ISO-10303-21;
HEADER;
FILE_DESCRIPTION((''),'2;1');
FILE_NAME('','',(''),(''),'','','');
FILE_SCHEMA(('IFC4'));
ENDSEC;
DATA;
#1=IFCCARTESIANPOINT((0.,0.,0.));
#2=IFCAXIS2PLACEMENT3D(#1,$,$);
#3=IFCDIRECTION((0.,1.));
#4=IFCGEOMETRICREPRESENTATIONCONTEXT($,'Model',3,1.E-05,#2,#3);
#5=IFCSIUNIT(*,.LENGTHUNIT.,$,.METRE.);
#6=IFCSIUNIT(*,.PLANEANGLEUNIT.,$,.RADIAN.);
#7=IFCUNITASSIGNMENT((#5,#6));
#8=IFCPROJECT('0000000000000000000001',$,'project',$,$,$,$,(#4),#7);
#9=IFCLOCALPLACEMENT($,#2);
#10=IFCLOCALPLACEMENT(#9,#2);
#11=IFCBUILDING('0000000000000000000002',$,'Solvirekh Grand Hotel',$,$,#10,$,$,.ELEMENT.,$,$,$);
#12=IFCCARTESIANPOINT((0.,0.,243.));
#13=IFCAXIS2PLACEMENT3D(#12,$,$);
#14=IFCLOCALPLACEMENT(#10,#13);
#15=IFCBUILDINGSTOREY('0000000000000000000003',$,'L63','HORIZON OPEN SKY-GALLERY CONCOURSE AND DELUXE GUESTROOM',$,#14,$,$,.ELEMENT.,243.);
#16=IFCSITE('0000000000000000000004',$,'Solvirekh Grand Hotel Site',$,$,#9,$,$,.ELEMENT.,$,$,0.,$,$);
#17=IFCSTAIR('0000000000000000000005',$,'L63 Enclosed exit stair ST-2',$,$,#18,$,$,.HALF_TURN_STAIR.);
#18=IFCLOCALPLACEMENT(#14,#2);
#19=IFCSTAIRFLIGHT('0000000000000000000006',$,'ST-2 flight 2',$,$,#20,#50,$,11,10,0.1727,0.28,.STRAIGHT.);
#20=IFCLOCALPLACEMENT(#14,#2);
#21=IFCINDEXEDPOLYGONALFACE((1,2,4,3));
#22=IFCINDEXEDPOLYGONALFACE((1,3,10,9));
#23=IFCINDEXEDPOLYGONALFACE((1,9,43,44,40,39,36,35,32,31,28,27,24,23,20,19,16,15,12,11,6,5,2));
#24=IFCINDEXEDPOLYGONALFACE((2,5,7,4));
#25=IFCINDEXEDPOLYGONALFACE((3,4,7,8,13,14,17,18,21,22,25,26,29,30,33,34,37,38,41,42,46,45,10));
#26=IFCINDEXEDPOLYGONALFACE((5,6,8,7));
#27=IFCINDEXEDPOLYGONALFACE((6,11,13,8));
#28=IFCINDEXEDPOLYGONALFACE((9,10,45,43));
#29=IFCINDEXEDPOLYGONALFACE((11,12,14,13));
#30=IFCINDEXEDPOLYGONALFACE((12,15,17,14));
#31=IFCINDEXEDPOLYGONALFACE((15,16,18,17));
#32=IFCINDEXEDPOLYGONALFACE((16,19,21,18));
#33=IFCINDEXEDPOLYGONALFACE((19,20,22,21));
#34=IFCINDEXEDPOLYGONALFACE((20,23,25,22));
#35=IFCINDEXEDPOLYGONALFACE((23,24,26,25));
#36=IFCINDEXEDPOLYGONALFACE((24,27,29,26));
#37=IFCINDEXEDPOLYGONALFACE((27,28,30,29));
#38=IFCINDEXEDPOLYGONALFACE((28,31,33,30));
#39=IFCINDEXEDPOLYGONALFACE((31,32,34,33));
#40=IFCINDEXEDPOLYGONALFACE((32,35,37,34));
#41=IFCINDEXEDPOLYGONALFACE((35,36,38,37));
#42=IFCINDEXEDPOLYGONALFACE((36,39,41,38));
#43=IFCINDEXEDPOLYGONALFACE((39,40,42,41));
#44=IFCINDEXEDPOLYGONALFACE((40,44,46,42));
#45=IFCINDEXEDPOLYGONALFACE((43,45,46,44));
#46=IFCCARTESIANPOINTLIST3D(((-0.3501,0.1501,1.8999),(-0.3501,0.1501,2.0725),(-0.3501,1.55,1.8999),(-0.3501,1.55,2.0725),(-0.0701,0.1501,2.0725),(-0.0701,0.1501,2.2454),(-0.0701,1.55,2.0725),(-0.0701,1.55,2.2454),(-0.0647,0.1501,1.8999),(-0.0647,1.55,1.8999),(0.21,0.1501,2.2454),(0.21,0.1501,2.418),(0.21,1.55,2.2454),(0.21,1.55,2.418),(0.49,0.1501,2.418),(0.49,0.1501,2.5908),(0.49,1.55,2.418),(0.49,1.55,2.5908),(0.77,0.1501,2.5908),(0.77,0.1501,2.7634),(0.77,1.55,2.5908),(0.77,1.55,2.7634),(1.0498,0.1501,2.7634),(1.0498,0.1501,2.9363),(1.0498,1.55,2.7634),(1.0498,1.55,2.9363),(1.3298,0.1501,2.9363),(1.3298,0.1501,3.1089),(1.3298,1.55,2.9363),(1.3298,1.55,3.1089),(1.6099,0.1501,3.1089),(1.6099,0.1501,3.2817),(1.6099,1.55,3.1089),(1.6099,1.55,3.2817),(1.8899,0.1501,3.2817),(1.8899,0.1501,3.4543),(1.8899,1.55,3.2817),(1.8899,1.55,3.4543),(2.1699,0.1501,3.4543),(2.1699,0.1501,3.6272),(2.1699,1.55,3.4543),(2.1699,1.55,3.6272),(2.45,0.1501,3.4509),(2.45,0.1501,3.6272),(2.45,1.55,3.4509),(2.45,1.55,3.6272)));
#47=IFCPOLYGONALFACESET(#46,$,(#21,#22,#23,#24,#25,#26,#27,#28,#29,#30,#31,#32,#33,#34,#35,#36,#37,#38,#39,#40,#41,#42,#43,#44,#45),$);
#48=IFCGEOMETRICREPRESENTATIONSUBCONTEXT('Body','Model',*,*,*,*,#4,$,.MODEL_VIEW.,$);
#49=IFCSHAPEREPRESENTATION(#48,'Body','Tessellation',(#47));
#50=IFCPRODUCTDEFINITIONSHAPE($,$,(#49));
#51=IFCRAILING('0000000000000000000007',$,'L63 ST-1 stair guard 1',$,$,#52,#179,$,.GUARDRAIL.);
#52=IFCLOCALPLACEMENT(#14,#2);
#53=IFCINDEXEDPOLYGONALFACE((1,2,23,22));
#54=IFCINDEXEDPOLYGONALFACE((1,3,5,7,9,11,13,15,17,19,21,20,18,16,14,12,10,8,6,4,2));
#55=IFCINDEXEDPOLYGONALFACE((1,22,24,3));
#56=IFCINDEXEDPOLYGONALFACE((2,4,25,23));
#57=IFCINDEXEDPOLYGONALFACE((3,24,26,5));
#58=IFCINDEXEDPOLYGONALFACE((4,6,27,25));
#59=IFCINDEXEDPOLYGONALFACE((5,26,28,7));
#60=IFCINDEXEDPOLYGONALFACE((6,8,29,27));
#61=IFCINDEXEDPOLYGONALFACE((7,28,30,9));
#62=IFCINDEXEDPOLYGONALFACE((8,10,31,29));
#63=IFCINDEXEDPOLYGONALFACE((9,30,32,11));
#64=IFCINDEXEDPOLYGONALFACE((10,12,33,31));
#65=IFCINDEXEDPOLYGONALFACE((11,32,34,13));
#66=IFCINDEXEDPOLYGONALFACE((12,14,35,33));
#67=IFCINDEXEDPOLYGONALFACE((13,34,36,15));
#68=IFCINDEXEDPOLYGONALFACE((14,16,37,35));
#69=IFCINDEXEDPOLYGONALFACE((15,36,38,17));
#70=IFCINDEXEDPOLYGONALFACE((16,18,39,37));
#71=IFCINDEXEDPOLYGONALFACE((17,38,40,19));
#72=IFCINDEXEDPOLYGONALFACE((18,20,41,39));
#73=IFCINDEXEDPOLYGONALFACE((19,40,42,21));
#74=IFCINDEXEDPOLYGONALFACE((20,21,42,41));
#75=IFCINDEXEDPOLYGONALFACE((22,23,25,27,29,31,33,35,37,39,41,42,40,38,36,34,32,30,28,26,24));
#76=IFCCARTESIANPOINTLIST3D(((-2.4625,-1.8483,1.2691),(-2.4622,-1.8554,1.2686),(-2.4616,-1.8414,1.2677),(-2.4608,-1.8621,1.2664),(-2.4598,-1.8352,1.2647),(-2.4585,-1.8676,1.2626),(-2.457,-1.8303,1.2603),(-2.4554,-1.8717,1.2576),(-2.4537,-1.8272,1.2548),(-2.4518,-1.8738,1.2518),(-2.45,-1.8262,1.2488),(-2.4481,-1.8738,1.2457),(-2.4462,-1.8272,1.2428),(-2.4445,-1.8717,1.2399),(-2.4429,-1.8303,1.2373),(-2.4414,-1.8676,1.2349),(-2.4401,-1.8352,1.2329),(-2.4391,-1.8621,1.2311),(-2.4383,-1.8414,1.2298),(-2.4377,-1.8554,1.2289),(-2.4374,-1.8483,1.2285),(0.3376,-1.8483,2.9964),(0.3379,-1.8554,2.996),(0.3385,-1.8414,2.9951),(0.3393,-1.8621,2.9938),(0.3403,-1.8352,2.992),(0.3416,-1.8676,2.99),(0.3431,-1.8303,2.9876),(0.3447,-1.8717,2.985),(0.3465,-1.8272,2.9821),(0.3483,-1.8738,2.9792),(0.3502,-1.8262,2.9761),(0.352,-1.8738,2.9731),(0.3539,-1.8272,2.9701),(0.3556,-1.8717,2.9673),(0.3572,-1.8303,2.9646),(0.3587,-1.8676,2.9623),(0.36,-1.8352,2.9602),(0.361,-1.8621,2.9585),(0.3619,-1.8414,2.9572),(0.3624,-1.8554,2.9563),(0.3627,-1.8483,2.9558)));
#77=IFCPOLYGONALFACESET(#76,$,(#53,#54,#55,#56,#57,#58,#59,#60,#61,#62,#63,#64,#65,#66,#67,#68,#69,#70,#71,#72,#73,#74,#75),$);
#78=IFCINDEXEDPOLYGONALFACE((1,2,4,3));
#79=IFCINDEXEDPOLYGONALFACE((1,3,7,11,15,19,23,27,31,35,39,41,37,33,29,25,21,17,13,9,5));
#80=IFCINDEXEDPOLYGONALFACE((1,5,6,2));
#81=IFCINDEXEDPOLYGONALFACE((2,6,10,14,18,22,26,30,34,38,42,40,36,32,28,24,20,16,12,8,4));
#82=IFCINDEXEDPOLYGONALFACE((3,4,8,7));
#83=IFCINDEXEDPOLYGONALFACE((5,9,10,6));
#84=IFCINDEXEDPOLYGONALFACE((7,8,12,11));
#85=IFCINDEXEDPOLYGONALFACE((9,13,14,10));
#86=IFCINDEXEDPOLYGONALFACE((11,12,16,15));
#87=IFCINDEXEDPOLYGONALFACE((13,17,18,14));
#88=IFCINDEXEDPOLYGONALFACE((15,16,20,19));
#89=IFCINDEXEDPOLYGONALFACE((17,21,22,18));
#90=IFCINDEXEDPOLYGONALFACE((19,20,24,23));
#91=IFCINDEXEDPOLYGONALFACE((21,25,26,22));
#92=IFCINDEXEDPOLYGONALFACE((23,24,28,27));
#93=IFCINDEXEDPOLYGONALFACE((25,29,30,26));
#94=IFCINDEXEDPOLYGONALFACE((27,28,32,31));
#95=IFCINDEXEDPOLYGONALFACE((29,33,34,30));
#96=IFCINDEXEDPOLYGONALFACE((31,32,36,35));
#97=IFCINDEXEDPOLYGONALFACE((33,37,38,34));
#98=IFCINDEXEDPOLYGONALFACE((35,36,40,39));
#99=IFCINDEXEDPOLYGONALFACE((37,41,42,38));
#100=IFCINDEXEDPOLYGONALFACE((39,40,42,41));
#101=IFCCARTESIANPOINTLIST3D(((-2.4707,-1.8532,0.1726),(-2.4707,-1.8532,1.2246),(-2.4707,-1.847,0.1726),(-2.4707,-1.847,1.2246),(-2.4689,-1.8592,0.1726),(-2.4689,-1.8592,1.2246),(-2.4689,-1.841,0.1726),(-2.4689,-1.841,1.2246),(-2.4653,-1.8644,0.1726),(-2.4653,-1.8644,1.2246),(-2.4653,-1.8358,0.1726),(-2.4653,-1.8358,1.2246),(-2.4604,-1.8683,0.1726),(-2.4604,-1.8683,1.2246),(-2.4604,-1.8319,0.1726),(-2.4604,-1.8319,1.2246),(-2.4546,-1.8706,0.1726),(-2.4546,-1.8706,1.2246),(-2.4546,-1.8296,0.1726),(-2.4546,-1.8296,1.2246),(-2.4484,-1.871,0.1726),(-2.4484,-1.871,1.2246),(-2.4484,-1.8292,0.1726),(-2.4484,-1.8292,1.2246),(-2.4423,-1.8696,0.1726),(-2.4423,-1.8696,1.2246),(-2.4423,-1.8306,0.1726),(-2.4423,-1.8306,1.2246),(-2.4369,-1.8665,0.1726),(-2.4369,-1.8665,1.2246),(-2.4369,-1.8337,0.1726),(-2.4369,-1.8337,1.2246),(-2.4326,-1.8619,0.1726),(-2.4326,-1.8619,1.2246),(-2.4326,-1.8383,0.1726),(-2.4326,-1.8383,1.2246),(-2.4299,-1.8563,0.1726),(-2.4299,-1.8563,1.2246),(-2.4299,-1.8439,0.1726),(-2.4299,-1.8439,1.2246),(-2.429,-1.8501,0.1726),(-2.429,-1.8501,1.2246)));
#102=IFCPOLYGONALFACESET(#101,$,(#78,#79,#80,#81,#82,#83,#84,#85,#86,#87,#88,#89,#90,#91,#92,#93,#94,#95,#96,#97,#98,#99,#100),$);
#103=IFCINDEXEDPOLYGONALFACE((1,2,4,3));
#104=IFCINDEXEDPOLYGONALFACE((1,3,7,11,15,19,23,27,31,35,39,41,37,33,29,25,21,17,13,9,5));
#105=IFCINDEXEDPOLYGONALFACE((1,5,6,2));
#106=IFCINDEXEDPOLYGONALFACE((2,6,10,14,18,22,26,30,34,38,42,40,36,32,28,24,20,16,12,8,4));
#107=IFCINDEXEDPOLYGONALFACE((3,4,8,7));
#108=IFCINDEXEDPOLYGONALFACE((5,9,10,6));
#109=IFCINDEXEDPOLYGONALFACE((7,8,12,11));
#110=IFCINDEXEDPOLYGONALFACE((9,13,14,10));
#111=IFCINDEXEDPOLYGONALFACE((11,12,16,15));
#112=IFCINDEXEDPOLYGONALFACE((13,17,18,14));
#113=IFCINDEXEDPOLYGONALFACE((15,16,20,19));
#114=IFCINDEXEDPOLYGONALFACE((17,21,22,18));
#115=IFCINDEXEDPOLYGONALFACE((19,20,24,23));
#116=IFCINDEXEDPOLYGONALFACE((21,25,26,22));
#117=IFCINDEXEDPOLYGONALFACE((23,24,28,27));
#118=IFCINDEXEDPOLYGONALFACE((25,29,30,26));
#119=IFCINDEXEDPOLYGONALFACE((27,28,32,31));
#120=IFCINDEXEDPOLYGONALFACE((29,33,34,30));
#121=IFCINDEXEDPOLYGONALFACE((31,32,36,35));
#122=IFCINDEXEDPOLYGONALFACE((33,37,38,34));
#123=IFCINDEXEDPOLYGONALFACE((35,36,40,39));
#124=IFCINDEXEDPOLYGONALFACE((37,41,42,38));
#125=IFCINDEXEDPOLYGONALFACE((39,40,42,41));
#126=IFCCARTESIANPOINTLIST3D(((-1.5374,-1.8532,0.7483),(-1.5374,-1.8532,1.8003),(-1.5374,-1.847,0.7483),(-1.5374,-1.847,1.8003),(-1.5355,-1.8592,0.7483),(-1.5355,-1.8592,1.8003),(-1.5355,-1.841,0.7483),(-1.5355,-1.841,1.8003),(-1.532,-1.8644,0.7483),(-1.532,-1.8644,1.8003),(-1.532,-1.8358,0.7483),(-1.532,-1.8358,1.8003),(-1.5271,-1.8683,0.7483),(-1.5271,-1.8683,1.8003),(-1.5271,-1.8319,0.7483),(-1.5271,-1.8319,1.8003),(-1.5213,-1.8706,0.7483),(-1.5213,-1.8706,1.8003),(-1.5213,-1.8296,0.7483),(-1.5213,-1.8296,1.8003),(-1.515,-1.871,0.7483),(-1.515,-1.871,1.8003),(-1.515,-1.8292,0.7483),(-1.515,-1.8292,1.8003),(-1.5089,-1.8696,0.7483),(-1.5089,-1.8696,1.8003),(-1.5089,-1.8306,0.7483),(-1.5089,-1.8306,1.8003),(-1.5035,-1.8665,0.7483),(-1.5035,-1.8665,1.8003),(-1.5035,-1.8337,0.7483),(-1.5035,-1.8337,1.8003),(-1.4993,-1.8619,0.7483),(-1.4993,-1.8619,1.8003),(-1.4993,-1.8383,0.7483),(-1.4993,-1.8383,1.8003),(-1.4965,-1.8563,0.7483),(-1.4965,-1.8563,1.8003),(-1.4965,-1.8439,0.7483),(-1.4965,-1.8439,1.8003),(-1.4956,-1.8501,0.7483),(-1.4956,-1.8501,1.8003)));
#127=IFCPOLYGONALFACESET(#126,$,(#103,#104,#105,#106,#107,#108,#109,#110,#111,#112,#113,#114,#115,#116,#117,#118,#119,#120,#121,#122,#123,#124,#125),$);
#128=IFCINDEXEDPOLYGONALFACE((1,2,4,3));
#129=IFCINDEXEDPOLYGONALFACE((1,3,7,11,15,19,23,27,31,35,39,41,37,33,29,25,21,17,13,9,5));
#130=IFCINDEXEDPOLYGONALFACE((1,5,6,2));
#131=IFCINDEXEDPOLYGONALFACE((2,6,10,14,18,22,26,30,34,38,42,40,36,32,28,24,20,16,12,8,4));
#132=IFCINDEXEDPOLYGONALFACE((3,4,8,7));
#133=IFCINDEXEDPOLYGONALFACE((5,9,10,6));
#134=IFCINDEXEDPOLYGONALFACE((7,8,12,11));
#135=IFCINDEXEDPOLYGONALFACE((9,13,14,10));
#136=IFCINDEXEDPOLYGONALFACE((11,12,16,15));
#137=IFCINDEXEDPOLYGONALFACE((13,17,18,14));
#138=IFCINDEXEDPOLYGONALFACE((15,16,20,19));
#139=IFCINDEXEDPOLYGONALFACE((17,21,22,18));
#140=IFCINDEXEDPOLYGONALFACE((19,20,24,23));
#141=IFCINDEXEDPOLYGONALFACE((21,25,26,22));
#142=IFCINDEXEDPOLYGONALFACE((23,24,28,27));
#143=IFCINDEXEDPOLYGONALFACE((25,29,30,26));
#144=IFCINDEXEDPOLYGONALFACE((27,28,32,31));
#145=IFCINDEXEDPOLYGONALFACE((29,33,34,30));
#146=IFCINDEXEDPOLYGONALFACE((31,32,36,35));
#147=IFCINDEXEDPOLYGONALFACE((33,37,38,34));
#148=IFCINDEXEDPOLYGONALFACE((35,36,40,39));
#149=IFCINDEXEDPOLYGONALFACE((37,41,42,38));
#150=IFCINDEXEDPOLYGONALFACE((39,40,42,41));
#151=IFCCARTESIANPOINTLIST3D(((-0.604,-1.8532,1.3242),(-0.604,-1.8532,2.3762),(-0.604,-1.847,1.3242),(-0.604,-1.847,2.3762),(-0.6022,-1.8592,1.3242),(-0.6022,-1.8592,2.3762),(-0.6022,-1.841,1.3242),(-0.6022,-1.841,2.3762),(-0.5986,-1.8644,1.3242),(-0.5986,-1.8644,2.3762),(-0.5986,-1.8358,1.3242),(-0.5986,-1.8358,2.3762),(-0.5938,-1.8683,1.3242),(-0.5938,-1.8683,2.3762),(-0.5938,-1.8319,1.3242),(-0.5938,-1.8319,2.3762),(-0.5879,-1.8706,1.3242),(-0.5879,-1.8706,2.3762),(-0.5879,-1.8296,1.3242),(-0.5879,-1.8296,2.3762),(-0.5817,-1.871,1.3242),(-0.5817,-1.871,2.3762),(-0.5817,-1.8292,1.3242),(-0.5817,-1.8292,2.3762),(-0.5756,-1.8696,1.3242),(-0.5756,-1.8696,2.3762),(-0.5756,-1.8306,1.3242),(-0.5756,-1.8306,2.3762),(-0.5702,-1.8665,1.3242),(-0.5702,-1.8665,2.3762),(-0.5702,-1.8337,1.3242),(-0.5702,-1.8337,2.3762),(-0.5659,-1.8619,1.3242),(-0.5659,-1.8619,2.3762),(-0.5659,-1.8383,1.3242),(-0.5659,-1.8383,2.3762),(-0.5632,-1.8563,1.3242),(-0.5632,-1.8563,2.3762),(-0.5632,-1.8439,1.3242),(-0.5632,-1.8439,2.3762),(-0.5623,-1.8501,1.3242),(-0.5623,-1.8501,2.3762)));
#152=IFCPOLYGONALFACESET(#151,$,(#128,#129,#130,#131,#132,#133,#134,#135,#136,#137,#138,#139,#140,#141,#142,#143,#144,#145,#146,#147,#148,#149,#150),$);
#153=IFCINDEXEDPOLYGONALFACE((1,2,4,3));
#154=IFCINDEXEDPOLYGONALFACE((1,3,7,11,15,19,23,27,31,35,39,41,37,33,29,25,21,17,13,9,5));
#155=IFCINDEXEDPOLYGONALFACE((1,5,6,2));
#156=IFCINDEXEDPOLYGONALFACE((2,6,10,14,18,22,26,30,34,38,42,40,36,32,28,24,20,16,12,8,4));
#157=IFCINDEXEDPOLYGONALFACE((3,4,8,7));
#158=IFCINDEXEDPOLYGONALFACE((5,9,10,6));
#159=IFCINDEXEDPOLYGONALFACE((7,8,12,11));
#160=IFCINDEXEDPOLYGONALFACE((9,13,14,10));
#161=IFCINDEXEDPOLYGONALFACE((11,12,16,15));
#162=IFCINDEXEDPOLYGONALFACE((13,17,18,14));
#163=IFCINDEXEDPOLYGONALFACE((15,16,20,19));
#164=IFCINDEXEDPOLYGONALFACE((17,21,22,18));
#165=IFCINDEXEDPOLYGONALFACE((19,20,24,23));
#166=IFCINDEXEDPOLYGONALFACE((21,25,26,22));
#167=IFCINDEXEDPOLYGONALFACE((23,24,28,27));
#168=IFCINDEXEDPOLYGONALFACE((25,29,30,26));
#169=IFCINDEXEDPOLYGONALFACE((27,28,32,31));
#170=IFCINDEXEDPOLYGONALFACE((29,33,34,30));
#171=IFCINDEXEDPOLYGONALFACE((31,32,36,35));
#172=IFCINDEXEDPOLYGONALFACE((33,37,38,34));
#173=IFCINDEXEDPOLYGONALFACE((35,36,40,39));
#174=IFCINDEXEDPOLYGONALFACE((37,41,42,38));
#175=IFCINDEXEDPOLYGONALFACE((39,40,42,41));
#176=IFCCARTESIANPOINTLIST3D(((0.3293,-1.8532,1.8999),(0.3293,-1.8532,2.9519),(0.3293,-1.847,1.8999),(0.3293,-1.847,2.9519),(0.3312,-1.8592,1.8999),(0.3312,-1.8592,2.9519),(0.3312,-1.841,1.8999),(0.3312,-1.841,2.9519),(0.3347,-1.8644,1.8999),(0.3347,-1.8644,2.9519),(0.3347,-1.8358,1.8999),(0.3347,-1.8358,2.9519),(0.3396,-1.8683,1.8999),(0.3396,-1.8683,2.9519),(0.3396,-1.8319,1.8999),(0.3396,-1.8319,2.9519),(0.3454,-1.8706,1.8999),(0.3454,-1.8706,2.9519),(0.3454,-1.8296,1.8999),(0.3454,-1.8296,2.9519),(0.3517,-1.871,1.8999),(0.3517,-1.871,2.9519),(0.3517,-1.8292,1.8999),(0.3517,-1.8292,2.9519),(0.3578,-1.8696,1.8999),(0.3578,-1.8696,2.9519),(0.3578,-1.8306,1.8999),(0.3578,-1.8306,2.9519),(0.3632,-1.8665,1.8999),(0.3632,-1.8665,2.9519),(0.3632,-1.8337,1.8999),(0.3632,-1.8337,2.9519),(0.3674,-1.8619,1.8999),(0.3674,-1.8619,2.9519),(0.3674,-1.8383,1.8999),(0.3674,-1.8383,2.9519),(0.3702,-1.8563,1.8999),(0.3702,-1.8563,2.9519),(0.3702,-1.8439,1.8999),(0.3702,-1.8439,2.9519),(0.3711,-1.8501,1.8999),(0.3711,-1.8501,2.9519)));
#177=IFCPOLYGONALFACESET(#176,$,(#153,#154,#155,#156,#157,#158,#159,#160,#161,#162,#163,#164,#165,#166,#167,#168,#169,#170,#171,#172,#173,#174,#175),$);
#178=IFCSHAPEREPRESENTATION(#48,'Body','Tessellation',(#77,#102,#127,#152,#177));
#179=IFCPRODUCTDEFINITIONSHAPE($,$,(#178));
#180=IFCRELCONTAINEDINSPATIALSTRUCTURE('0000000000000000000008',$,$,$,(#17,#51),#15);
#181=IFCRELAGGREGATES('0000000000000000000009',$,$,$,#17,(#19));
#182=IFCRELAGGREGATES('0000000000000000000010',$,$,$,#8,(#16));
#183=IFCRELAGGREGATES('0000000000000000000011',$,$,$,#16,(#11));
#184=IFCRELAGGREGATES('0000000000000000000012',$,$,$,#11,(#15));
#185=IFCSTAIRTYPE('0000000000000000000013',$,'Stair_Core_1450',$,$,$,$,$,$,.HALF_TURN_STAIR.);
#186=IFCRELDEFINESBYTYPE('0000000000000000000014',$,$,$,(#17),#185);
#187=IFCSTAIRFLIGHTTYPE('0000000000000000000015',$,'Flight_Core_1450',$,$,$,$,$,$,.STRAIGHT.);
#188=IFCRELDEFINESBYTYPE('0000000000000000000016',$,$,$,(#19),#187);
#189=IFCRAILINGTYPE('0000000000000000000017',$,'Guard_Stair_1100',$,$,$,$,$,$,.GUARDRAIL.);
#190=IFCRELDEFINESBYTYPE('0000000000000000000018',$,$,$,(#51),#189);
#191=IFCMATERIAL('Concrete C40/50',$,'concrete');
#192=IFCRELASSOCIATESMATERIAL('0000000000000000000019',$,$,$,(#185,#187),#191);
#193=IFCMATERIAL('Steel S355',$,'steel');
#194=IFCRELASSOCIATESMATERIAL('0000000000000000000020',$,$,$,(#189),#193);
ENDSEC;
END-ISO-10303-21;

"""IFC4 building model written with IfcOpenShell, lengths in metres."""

from ifc_helpers import new_model, si_unit, direction, frame, origin, origin_2d, place, context, subcontext, project, spatial, polyline, circle, outline, extrude, material, type_object, element, aggregate, save


model = new_model("IFC4")

# Units and contexts
model_context = context("Model", 3, precision=1e-05, world=origin(), true_north=direction((0.0, 1.0)))
body_context = subcontext(model_context, "Body", "Model", "MODEL_VIEW")
ifc_project = project(units=[si_unit("LENGTHUNIT", "METRE"), si_unit("PLANEANGLEUNIT", "RADIAN")], contexts=[model_context])

# Site, building, storey
site_placement = place(None, origin())
site = spatial("IfcSite", under=ifc_project, at=site_placement, Name="Solvirekh Grand Hotel Site", CompositionType="ELEMENT", RefElevation=0.0)
building_placement = place(site_placement, origin())
building = spatial("IfcBuilding", under=site, at=building_placement, Name="Solvirekh Grand Hotel", CompositionType="ELEMENT")
storey_placement = place(building_placement, frame((0.0, 0.0, 243.0)))
storey = spatial("IfcBuildingStorey", under=building, at=storey_placement, Name="L63", Description="HORIZON OPEN SKY-GALLERY CONCOURSE AND DELUXE GUESTROOM", CompositionType="ELEMENT", Elevation=243.0)

# Shared definitions
ifc_material_1 = material(Name="Steel S355", Category="steel")

# Shared definitions
ifc_material_2 = material(Name="Concrete C40/50", Category="concrete")

# Stair, stair flight
stair_type = type_object("IfcStairType", Name="Stair_Core_1450", PredefinedType="HALF_TURN_STAIR", material=ifc_material_2)
stair_flight_type = type_object("IfcStairFlightType", Name="Flight_Core_1450", PredefinedType="STRAIGHT", material=ifc_material_2)
stair_1_placement = place(storey_placement, origin())
stair_1 = element("IfcStair", 1, at=stair_1_placement, inside=storey, type_object=stair_type, Name="L63 Enclosed exit stair ST-2", PredefinedType="HALF_TURN_STAIR")
stair_flight_1_placement = place(storey_placement, frame((-0.3501, 0.8501, 1.8999), z_axis=(0.0, 0.0, 1.0), x_axis=(1.0, 0.0, 0.0)))
stair_flight_1 = element("IfcStairFlight", 2, at=stair_flight_1_placement, type_object=stair_flight_type, Name="ST-2 flight 2", NumberOfRisers=11, NumberOfTreads=10, PredefinedType="STRAIGHT", RiserHeight=0.1727, TreadLength=0.28, context=body_context, shape_type="SweptSolid", body=[
    extrude(outline(polyline([(0.0, 0.0), (0.0, 0.1726), (0.28, 0.1726), (0.28, 0.3455), (0.5601, 0.3455), (0.5601, 0.5181), (0.8401, 0.5181), (0.8401, 0.6909), (1.1201, 0.6909), (1.1201, 0.8635), (1.3999, 0.8635), (1.3999, 1.0364), (1.6799, 1.0364), (1.6799, 1.209), (1.96, 1.209), (1.96, 1.3818), (2.24, 1.3818), (2.24, 1.5544), (2.52, 1.5544), (2.52, 1.7273), (2.8, 1.7273), (2.8, 1.8999), (2.8, 1.551), (0.2854, 0.0), (0.0, 0.0)])), frame((0.0, 0.7, 0.0), z_axis=(0.0, -1.0, 0.0), x_axis=(1.0, 0.0, 0.0)), (0.0, 0.0, 1.0), 1.3999),
])
aggregate(stair_1, [stair_flight_1])

# Railing
railing_type_1 = type_object("IfcRailingType", Name="Guard_Stair_1100", PredefinedType="GUARDRAIL", material=ifc_material_1)
railing_1_placement = place(storey_placement, frame((-2.45, -1.8501, 0.1726)))
element("IfcRailing", 3, at=railing_1_placement, inside=storey, type_object=railing_type_1, Name="L63 ST-1 stair guard 1", PredefinedType="GUARDRAIL", context=body_context, shape_type="SweptSolid", body=[
    extrude(circle(Radius=0.0239, at=origin_2d()), frame((0.0, 0.0, 1.0762), z_axis=(0.85109, 0.0, 0.52502), x_axis=(0.0, 1.0, 0.0)), (0.0, 0.0, 1.0), 3.29),
    extrude(circle(Radius=0.021, at=origin_2d()), origin(), (0.0, 0.0, 1.0), 1.052),
    extrude(circle(Radius=0.021, at=origin_2d()), frame((0.9333, 0.0, 0.5757)), (0.0, 0.0, 1.0), 1.052),
    extrude(circle(Radius=0.021, at=origin_2d()), frame((1.8667, 0.0, 1.1516)), (0.0, 0.0, 1.0), 1.052),
    extrude(circle(Radius=0.021, at=origin_2d()), frame((2.8, 0.0, 1.7273)), (0.0, 0.0, 1.0), 1.052),
])

save(model, "model.ifc")
